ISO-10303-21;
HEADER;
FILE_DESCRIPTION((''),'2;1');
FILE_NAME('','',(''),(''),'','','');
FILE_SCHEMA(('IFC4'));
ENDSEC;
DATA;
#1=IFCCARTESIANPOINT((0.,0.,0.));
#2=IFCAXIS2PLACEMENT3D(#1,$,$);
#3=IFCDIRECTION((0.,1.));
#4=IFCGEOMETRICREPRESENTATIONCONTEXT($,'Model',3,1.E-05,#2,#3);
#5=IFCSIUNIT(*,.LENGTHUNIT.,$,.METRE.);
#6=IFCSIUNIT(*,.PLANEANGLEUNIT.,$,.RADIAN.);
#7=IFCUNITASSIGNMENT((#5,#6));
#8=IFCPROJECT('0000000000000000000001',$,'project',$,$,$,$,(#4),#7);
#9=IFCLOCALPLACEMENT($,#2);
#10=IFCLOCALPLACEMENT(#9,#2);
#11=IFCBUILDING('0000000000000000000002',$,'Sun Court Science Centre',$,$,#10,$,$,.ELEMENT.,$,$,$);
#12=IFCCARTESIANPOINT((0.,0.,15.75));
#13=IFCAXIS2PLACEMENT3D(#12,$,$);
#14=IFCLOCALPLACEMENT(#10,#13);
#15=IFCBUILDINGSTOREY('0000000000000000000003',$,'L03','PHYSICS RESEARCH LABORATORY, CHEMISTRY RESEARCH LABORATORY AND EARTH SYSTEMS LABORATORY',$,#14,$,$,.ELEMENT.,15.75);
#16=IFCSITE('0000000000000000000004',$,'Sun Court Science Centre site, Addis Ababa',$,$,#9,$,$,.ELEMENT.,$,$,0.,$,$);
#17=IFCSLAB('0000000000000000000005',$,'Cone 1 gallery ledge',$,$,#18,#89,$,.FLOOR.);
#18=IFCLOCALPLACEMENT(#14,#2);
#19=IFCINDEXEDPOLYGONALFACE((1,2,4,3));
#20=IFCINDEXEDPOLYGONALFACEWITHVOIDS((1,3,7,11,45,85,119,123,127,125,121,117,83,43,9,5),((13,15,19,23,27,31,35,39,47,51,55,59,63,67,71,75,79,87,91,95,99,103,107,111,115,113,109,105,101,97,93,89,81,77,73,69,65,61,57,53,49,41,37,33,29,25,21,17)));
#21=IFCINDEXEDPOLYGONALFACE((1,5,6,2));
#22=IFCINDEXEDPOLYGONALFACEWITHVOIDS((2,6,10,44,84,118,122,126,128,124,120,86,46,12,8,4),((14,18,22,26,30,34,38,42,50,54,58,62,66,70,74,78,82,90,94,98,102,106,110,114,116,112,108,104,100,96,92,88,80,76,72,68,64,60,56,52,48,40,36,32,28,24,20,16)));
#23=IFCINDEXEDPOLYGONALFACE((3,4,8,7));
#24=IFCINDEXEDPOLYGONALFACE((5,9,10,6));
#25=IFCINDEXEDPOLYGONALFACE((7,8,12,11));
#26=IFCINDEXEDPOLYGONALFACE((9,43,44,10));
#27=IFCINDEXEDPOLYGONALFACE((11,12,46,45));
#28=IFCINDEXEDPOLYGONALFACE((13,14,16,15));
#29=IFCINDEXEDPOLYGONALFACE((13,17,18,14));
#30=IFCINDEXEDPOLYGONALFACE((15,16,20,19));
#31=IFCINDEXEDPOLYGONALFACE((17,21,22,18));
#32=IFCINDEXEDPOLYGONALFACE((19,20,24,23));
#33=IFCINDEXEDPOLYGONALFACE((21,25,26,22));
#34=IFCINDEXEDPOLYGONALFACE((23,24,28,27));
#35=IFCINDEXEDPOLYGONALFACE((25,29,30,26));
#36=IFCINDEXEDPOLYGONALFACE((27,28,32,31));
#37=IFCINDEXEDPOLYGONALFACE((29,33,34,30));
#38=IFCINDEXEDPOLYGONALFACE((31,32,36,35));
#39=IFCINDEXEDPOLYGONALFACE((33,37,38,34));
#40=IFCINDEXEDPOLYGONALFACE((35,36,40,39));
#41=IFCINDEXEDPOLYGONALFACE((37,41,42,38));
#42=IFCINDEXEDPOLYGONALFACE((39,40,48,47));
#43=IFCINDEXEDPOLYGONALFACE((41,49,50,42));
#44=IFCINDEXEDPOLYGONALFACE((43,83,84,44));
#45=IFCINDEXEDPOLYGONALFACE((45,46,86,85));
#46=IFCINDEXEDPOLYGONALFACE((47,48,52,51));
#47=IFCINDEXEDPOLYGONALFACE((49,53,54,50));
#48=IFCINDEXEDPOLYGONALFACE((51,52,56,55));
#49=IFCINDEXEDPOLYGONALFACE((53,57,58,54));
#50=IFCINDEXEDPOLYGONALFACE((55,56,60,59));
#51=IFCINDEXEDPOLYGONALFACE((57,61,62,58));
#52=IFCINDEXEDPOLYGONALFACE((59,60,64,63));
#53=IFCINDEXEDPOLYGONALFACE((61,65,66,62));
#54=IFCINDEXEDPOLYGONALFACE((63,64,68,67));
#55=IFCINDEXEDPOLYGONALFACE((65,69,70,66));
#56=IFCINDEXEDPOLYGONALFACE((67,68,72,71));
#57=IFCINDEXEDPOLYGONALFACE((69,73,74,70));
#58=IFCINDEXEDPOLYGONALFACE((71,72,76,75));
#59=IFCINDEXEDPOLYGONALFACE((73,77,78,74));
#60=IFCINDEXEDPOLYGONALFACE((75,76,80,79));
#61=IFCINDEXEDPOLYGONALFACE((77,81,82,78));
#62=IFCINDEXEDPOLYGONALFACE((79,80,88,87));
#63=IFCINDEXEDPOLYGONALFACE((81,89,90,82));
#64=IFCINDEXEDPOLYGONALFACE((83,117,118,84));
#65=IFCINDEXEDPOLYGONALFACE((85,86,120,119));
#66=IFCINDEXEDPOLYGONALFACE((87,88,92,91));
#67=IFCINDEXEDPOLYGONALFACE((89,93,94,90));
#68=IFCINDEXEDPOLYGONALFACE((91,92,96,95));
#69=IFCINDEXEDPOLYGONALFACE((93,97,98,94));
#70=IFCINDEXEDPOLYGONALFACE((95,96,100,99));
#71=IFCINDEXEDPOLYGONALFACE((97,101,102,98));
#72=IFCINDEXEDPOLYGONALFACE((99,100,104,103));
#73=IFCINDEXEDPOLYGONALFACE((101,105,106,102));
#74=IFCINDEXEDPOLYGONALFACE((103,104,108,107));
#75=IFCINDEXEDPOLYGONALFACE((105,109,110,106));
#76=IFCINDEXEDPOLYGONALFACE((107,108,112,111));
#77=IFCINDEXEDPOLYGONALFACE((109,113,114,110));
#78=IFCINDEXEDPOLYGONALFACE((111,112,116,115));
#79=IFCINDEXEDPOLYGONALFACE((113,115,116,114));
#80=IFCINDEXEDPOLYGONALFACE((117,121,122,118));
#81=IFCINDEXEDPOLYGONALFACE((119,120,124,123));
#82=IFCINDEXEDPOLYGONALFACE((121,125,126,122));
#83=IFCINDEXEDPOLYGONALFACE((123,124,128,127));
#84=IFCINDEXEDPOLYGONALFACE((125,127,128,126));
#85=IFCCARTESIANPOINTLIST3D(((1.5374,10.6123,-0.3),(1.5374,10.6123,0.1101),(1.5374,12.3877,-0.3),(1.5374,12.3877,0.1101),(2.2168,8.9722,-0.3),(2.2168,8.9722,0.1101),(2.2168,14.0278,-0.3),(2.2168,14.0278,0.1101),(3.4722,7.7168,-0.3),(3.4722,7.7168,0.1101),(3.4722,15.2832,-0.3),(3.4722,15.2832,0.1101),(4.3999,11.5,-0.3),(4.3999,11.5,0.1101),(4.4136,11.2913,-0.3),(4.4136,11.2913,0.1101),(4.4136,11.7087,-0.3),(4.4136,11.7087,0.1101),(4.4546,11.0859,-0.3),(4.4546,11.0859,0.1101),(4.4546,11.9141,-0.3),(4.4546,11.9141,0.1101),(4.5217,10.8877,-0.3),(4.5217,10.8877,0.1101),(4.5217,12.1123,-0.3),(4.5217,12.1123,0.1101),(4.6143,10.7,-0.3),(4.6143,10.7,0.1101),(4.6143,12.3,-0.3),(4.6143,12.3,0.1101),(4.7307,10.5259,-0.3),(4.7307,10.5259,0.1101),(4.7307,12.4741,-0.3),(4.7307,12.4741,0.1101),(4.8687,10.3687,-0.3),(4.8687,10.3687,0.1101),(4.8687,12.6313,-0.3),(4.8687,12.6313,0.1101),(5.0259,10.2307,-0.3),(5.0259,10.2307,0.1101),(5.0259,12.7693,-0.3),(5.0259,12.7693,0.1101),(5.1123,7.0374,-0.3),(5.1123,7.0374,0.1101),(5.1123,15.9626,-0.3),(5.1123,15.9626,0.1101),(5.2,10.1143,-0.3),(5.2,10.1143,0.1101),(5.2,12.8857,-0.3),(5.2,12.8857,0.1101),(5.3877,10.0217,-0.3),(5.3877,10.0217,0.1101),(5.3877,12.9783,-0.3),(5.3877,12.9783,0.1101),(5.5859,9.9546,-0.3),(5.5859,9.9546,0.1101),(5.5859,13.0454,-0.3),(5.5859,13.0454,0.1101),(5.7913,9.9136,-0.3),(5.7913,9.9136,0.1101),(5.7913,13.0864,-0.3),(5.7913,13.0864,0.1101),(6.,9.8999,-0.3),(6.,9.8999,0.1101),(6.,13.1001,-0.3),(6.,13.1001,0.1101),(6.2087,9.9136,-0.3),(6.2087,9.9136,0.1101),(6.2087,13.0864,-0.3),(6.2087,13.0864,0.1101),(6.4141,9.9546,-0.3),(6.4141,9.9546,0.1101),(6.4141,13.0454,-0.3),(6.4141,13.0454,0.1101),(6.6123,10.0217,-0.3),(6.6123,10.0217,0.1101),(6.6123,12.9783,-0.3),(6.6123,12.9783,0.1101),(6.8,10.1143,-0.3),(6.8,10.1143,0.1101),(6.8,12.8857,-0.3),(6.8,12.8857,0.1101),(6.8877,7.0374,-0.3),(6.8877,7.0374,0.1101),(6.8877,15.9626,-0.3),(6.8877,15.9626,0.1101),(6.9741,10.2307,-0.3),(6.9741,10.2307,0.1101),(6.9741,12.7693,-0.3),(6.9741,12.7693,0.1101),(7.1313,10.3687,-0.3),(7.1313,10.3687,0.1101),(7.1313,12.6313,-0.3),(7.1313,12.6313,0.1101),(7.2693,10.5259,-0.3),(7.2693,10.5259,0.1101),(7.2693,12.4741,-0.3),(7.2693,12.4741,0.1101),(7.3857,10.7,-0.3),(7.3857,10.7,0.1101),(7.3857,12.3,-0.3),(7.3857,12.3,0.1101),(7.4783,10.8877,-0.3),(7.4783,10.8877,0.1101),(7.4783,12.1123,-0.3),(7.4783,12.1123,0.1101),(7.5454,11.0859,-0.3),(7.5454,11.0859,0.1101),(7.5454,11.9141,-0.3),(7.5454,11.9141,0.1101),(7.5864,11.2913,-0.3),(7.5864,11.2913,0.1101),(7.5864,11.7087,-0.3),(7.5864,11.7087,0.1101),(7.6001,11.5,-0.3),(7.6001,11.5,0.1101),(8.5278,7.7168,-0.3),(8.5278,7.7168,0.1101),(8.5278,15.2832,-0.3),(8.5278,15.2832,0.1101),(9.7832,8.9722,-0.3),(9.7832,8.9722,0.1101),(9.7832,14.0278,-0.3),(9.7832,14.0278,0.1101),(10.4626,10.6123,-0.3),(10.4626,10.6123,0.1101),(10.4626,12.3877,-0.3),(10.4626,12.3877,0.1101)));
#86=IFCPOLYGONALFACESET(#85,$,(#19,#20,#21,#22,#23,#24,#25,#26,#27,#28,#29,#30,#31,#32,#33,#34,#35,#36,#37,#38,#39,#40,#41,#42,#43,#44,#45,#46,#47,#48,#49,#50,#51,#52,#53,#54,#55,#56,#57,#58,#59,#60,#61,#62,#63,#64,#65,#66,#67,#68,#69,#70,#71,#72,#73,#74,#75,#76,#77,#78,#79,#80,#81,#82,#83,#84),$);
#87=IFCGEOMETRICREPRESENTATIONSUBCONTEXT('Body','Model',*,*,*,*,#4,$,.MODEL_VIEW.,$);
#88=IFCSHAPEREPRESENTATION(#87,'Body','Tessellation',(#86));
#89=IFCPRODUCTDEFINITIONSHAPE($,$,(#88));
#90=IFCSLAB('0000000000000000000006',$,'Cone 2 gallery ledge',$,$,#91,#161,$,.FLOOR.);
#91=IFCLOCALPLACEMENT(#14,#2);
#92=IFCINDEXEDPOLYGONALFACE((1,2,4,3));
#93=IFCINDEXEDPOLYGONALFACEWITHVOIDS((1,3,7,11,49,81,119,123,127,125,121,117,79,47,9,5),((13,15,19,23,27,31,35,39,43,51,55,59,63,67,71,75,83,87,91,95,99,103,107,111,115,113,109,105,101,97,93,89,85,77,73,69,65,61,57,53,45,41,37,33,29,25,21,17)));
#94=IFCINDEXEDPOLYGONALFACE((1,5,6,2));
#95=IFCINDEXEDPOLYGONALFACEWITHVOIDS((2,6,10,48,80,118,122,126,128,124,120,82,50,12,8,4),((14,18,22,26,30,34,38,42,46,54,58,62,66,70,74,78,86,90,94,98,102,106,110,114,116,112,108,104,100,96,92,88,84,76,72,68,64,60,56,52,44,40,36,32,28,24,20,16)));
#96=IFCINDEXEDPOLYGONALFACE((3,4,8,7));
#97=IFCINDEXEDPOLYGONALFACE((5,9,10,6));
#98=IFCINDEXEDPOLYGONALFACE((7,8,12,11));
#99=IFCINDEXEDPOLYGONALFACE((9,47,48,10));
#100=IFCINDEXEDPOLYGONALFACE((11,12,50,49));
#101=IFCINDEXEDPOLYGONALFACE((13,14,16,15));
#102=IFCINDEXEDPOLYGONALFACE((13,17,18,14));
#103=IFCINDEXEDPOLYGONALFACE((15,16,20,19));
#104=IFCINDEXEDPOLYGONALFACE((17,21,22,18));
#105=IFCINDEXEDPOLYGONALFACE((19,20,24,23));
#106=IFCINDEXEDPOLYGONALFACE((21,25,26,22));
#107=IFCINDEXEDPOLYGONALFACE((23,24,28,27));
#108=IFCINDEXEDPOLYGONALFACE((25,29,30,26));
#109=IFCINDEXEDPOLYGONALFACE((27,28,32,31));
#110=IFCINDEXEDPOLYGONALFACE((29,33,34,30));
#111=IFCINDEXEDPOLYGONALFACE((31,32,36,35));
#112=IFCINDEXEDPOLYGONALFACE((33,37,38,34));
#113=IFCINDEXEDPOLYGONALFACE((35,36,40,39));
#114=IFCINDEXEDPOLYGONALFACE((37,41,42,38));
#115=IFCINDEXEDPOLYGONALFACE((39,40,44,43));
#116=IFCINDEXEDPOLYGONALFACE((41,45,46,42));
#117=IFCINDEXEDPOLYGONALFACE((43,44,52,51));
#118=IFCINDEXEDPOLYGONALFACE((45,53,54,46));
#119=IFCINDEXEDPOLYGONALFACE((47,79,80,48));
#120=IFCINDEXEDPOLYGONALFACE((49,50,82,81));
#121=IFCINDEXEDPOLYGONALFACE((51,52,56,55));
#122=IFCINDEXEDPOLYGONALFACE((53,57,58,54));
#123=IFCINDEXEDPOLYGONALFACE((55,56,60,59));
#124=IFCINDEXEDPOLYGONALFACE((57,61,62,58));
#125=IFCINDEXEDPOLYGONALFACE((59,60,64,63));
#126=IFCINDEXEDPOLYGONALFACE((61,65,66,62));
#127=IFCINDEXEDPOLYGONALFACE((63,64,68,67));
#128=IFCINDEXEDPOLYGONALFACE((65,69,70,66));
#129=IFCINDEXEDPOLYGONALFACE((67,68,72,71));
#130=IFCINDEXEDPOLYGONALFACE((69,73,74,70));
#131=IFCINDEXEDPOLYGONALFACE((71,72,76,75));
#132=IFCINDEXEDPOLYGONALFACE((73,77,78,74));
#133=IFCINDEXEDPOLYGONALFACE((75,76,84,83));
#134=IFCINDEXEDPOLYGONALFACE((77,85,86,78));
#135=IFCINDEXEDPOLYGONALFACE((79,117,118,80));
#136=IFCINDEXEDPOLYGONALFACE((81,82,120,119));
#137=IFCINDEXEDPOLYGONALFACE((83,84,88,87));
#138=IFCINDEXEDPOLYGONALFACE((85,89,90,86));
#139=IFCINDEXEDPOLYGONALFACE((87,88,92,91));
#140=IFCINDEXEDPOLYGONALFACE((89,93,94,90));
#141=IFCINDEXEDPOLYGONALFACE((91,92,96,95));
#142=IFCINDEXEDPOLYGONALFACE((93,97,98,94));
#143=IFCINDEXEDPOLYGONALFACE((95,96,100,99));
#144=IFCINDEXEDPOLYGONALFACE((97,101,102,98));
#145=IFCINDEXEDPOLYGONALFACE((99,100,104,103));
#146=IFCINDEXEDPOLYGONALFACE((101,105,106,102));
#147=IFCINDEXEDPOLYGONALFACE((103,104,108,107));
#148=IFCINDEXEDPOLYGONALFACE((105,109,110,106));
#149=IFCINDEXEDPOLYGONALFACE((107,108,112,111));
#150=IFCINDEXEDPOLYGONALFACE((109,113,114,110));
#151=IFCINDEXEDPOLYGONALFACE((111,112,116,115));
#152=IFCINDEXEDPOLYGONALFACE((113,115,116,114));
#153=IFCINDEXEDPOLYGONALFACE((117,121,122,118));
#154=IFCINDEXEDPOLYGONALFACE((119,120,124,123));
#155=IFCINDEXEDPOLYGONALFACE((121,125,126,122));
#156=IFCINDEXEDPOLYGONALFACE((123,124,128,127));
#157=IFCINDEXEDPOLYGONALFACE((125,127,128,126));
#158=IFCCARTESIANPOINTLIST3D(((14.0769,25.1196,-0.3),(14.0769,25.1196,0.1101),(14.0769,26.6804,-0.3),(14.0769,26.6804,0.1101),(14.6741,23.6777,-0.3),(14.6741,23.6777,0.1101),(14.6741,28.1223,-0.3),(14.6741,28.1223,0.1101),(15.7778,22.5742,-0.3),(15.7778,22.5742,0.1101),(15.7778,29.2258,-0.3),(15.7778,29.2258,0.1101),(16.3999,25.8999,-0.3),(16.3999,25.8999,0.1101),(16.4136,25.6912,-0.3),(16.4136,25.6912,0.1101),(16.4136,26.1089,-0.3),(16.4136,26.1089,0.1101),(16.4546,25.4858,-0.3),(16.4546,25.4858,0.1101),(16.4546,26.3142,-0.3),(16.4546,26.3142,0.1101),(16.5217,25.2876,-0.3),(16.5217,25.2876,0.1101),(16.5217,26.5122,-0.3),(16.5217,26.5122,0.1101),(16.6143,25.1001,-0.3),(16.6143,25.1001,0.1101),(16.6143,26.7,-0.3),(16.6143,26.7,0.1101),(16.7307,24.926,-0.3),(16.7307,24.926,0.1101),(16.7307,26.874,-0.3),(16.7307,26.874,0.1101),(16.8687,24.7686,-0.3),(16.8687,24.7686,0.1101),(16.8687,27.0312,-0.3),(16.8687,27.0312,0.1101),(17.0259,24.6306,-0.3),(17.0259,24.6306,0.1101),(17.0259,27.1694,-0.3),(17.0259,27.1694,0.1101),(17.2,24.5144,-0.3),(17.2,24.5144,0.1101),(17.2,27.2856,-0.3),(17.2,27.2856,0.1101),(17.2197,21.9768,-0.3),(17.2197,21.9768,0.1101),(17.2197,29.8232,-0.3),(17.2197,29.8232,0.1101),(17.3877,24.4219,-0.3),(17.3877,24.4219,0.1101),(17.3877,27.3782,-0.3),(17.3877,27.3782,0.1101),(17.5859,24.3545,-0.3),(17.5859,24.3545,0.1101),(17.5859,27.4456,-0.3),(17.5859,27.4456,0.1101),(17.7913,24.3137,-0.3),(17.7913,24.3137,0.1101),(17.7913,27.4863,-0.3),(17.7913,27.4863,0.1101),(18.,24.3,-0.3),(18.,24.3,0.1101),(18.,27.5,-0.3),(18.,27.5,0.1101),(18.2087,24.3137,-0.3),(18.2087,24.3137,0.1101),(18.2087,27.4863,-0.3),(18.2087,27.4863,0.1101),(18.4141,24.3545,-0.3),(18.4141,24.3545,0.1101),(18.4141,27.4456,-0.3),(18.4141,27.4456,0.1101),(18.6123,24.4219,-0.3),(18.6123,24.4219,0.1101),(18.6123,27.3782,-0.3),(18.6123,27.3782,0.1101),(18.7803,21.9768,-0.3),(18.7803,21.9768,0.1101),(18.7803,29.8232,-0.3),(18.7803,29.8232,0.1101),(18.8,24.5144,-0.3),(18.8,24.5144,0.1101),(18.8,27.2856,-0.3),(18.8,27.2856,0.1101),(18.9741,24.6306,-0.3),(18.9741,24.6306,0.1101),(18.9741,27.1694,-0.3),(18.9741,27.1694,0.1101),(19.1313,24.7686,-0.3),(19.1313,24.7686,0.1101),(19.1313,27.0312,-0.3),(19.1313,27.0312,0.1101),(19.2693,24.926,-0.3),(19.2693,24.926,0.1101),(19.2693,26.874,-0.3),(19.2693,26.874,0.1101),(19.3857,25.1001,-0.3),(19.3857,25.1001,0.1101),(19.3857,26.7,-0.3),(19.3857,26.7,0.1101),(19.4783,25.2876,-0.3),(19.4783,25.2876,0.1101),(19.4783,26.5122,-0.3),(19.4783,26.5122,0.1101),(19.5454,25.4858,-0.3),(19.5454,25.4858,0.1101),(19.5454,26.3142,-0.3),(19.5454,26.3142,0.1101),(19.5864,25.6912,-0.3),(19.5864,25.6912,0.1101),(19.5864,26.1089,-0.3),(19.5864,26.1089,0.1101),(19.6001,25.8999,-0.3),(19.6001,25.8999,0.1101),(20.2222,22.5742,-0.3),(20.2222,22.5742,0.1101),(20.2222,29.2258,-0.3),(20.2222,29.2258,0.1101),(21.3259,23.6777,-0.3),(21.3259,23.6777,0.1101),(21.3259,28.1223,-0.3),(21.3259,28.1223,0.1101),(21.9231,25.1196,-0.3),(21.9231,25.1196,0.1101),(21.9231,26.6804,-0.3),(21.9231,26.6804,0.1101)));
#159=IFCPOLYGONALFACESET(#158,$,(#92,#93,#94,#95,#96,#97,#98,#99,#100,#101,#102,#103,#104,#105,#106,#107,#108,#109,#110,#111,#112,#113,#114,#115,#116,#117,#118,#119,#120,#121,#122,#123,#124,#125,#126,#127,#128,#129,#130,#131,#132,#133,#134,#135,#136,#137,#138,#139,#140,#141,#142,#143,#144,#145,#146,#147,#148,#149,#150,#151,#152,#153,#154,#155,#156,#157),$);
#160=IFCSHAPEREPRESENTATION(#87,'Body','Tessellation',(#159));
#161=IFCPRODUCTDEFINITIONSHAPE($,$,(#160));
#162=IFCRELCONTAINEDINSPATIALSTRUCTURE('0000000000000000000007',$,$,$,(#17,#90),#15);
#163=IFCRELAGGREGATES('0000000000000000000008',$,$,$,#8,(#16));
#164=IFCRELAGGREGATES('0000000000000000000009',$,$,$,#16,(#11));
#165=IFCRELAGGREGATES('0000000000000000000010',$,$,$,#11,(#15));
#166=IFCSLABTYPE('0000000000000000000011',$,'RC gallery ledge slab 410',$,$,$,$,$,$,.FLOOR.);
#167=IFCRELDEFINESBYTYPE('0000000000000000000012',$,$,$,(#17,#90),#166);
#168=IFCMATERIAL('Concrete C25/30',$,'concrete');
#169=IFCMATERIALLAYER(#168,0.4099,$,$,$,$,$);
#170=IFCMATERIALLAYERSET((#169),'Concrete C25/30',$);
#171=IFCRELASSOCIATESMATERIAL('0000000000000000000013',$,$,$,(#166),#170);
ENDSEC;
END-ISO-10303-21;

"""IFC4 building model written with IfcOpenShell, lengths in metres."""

from ifc_helpers import new_model, si_unit, direction, frame, origin, place, context, subcontext, project, spatial, polyline, outline, extrude, material, layer, layer_set, type_object, element, save


model = new_model("IFC4")

# Units and contexts
model_context = context("Model", 3, precision=1e-05, world=origin(), true_north=direction((0.0, 1.0)))
body_context = subcontext(model_context, "Body", "Model", "MODEL_VIEW")
ifc_project = project(units=[si_unit("LENGTHUNIT", "METRE"), si_unit("PLANEANGLEUNIT", "RADIAN")], contexts=[model_context])

# Site, building, storey
site_placement = place(None, origin())
site = spatial("IfcSite", under=ifc_project, at=site_placement, Name="Sun Court Science Centre site, Addis Ababa", CompositionType="ELEMENT", RefElevation=0.0)
building_placement = place(site_placement, origin())
building = spatial("IfcBuilding", under=site, at=building_placement, Name="Sun Court Science Centre", CompositionType="ELEMENT")
storey_placement = place(building_placement, frame((0.0, 0.0, 15.75)))
storey = spatial("IfcBuildingStorey", under=building, at=storey_placement, Name="L03", Description="PHYSICS RESEARCH LABORATORY, CHEMISTRY RESEARCH LABORATORY AND EARTH SYSTEMS LABORATORY", CompositionType="ELEMENT", Elevation=15.75)

# Slabs
ifc_material_1 = material(Name="Concrete C25/30", Category="concrete")
ifc_layer_1 = layer(ifc_material_1, 0.4099)
ifc_layer_set_1 = layer_set([ifc_layer_1], Name="Concrete C25/30")
slab_type_1 = type_object("IfcSlabType", Name="RC gallery ledge slab 410", PredefinedType="FLOOR", material=ifc_layer_set_1)
slab_1_placement = place(storey_placement, frame((0.0, 0.0, -0.3)))
element("IfcSlab", 1, at=slab_1_placement, inside=storey, type_object=slab_type_1, Name="Cone 1 gallery ledge", PredefinedType="FLOOR", context=body_context, shape_type="SweptSolid", body=[
    extrude(outline(polyline([(10.4626, 10.6123), (10.4626, 12.3877), (9.7832, 14.0278), (8.5278, 15.2832), (6.8877, 15.9626), (5.1123, 15.9626), (3.4722, 15.2832), (2.2168, 14.0278), (1.5374, 12.3877), (1.5374, 10.6123), (2.2168, 8.9722), (3.4722, 7.7168), (5.1123, 7.0374), (6.8877, 7.0374), (8.5278, 7.7168), (9.7832, 8.9722), (10.4626, 10.6123)]), holes=[polyline([(7.5864, 11.7087), (7.6001, 11.5), (7.5864, 11.2913), (7.5454, 11.0859), (7.4783, 10.8877), (7.3857, 10.7), (7.2693, 10.5259), (7.1313, 10.3687), (6.9741, 10.2307), (6.8, 10.1143), (6.6123, 10.0217), (6.4141, 9.9546), (6.2087, 9.9136), (6.0, 9.8999), (5.7913, 9.9136), (5.5859, 9.9546), (5.3877, 10.0217), (5.2, 10.1143), (5.0259, 10.2307), (4.8687, 10.3687), (4.7307, 10.5259), (4.6143, 10.7), (4.5217, 10.8877), (4.4546, 11.0859), (4.4136, 11.2913), (4.3999, 11.5), (4.4136, 11.7087), (4.4546, 11.9141), (4.5217, 12.1123), (4.6143, 12.3), (4.7307, 12.4741), (4.8687, 12.6313), (5.0259, 12.7693), (5.2, 12.8857), (5.3877, 12.9783), (5.5859, 13.0454), (5.7913, 13.0864), (6.0, 13.1001), (6.2087, 13.0864), (6.4141, 13.0454), (6.6123, 12.9783), (6.8, 12.8857), (6.9741, 12.7693), (7.1313, 12.6313), (7.2693, 12.4741), (7.3857, 12.3), (7.4783, 12.1123), (7.5454, 11.9141), (7.5864, 11.7087)])]), origin(), (0.0, 0.0, 1.0), 0.4102),
])
slab_2_placement = place(storey_placement, frame((0.0, 0.0, -0.3)))
element("IfcSlab", 2, at=slab_2_placement, inside=storey, type_object=slab_type_1, Name="Cone 2 gallery ledge", PredefinedType="FLOOR", context=body_context, shape_type="SweptSolid", body=[
    extrude(outline(polyline([(21.9231, 25.1196), (21.9231, 26.6804), (21.3259, 28.1223), (20.2222, 29.2258), (18.7803, 29.8232), (17.2197, 29.8232), (15.7778, 29.2258), (14.6741, 28.1223), (14.0769, 26.6804), (14.0769, 25.1196), (14.6741, 23.6777), (15.7778, 22.5742), (17.2197, 21.9768), (18.7803, 21.9768), (20.2222, 22.5742), (21.3259, 23.6777), (21.9231, 25.1196)]), holes=[polyline([(19.5864, 26.1089), (19.6001, 25.8999), (19.5864, 25.6912), (19.5454, 25.4858), (19.4783, 25.2876), (19.3857, 25.1001), (19.2693, 24.926), (19.1313, 24.7686), (18.9741, 24.6306), (18.8, 24.5144), (18.6123, 24.4219), (18.4141, 24.3545), (18.2087, 24.3137), (18.0, 24.3), (17.7913, 24.3137), (17.5859, 24.3545), (17.3877, 24.4219), (17.2, 24.5144), (17.0259, 24.6306), (16.8687, 24.7686), (16.7307, 24.926), (16.6143, 25.1001), (16.5217, 25.2876), (16.4546, 25.4858), (16.4136, 25.6912), (16.3999, 25.8999), (16.4136, 26.1089), (16.4546, 26.3142), (16.5217, 26.5122), (16.6143, 26.7), (16.7307, 26.874), (16.8687, 27.0312), (17.0259, 27.1694), (17.2, 27.2856), (17.3877, 27.3782), (17.5859, 27.4456), (17.7913, 27.4863), (18.0, 27.5), (18.2087, 27.4863), (18.4141, 27.4456), (18.6123, 27.3782), (18.8, 27.2856), (18.9741, 27.1694), (19.1313, 27.0312), (19.2693, 26.874), (19.3857, 26.7), (19.4783, 26.5122), (19.5454, 26.3142), (19.5864, 26.1089)])]), origin(), (0.0, 0.0, 1.0), 0.4102),
])

save(model, "model.ifc")
